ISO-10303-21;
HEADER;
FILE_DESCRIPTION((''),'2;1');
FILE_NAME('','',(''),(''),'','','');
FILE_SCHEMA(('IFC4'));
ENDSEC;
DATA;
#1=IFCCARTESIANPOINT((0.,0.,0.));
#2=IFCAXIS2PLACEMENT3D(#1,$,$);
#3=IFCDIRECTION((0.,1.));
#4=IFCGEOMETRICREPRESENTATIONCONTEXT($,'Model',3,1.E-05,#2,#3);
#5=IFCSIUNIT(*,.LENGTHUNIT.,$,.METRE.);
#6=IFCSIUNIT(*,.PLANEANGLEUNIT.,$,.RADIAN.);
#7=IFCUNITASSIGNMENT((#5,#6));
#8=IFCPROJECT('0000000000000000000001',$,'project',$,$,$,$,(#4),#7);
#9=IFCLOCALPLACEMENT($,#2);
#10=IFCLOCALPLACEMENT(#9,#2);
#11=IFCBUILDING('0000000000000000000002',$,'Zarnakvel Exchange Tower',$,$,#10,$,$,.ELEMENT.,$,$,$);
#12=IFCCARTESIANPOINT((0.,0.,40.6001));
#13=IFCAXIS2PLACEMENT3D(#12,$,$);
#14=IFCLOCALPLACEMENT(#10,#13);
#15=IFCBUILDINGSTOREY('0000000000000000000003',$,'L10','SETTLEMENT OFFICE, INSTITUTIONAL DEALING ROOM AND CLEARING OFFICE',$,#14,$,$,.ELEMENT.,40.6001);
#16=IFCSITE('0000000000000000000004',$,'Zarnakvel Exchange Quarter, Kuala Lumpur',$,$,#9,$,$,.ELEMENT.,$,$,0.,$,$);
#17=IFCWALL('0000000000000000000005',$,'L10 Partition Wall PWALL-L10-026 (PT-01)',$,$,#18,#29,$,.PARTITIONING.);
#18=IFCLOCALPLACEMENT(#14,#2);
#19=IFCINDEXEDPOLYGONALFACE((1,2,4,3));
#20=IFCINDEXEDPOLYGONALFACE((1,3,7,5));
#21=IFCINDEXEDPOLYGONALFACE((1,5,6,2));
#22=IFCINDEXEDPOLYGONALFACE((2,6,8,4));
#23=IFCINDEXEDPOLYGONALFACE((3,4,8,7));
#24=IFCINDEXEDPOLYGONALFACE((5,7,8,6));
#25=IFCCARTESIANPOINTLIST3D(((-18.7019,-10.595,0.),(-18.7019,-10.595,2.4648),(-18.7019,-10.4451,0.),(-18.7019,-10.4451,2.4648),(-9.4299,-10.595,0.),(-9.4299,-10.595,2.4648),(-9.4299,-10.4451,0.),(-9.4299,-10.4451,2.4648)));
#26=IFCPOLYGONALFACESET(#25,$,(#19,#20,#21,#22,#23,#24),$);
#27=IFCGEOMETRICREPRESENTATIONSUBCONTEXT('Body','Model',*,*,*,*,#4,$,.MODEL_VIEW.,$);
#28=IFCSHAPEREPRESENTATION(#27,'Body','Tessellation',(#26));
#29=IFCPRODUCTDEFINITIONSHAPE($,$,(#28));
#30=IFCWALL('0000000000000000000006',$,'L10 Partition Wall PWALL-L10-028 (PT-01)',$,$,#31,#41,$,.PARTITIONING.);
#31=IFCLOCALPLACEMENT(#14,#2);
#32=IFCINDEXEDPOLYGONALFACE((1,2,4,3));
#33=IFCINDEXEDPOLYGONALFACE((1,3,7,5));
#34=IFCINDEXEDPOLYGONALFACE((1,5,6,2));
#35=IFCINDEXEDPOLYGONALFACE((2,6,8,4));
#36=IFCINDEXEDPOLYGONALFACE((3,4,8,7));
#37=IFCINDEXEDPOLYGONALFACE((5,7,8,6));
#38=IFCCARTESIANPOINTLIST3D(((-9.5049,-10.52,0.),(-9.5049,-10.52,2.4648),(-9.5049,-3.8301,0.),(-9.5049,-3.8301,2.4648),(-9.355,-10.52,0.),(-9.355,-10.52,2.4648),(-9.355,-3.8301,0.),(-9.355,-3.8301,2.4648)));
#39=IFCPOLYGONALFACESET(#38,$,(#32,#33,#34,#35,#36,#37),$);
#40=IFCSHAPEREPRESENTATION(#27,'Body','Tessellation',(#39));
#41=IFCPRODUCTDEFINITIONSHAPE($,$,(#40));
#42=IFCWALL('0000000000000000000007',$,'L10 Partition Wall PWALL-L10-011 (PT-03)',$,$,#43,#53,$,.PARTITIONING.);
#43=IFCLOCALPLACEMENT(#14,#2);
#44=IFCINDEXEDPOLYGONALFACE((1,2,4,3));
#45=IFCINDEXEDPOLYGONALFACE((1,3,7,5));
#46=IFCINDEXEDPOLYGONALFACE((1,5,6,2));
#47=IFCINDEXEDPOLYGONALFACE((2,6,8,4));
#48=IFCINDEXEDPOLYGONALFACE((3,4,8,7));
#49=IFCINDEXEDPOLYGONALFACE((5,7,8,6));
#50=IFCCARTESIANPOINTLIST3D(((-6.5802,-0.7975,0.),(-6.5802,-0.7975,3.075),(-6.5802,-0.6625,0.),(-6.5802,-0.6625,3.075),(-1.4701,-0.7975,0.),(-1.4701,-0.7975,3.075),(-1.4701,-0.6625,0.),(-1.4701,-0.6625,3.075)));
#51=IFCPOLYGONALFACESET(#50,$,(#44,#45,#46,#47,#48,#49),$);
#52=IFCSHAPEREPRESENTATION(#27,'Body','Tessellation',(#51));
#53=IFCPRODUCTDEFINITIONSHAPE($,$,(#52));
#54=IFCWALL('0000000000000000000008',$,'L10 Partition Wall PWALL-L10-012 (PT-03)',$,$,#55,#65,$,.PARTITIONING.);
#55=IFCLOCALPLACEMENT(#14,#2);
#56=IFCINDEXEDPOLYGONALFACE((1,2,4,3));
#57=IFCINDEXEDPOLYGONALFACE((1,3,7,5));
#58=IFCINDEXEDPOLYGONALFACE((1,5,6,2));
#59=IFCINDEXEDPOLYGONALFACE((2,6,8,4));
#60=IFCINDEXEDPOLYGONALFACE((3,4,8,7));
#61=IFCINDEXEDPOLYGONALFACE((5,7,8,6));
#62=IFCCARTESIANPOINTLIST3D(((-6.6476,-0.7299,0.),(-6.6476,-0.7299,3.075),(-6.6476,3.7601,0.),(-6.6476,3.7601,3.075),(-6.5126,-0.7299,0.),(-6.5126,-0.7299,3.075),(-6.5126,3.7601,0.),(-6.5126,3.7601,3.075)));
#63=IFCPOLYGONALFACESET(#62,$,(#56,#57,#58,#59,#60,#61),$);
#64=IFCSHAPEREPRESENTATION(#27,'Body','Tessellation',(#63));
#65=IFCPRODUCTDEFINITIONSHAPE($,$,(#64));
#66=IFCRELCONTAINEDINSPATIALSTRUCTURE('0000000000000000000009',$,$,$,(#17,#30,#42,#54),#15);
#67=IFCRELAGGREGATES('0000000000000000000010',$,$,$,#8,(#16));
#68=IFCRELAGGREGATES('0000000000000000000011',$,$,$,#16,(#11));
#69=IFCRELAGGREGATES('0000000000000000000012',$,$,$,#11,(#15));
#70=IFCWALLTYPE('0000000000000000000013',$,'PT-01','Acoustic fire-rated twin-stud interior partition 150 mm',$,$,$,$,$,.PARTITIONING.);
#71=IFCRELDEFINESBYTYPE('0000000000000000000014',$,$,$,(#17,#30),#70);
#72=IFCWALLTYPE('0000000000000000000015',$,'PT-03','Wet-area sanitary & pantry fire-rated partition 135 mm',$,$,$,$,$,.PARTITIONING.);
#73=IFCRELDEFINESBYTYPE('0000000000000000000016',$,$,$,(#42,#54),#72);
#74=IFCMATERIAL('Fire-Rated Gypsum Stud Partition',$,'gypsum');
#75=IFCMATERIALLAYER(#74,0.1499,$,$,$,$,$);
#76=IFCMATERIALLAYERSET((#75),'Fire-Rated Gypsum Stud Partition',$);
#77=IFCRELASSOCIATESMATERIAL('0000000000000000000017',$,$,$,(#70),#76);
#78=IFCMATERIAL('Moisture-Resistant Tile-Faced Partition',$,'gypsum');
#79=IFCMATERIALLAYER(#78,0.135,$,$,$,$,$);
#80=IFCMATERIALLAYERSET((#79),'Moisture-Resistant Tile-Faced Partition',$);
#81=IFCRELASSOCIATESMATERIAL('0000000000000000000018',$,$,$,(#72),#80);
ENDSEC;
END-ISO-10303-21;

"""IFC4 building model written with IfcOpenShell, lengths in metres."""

from ifc_helpers import new_model, si_unit, direction, frame, frame_2d, origin, place, context, subcontext, project, spatial, rectangle, extrude, material, layer, layer_set, type_object, element, save


model = new_model("IFC4")

# Units and contexts
model_context = context("Model", 3, precision=1e-05, world=origin(), true_north=direction((0.0, 1.0)))
body_context = subcontext(model_context, "Body", "Model", "MODEL_VIEW")
ifc_project = project(units=[si_unit("LENGTHUNIT", "METRE"), si_unit("PLANEANGLEUNIT", "RADIAN")], contexts=[model_context])

# Site, building, storey
site_placement = place(None, origin())
site = spatial("IfcSite", under=ifc_project, at=site_placement, Name="Zarnakvel Exchange Quarter, Kuala Lumpur", CompositionType="ELEMENT", RefElevation=0.0)
building_placement = place(site_placement, origin())
building = spatial("IfcBuilding", under=site, at=building_placement, Name="Zarnakvel Exchange Tower", CompositionType="ELEMENT")
storey_placement = place(building_placement, frame((0.0, 0.0, 40.6001)))
storey = spatial("IfcBuildingStorey", under=building, at=storey_placement, Name="L10", Description="SETTLEMENT OFFICE, INSTITUTIONAL DEALING ROOM AND CLEARING OFFICE", CompositionType="ELEMENT", Elevation=40.6001)

# Walls
ifc_material_1 = material(Name="Fire-Rated Gypsum Stud Partition", Category="gypsum")
ifc_layer_1 = layer(ifc_material_1, 0.1499)
ifc_layer_set_1 = layer_set([ifc_layer_1], Name="Fire-Rated Gypsum Stud Partition")
wall_type_1 = type_object("IfcWallType", Name="PT-01", Description="Acoustic fire-rated twin-stud interior partition 150 mm", PredefinedType="PARTITIONING", material=ifc_layer_set_1)
wall_1_placement = place(storey_placement, frame((-9.4299, -10.52, 0.0), z_axis=(0.0, 0.0, 1.0), x_axis=(-1.0, 0.0, 0.0)))
element("IfcWall", 1, at=wall_1_placement, inside=storey, type_object=wall_type_1, Name="L10 Partition Wall PWALL-L10-026 (PT-01)", PredefinedType="PARTITIONING", context=body_context, shape_type="SweptSolid", body=[
    extrude(rectangle(XDim=9.272, YDim=0.1499, at=frame_2d((4.636, 0.0))), origin(), (0.0, 0.0, 1.0), 2.4648),
])
wall_2_placement = place(storey_placement, frame((-9.4299, -3.8301, 0.0), z_axis=(0.0, 0.0, 1.0), x_axis=(0.0, -1.0, 0.0)))
element("IfcWall", 2, at=wall_2_placement, inside=storey, type_object=wall_type_1, Name="L10 Partition Wall PWALL-L10-028 (PT-01)", PredefinedType="PARTITIONING", context=body_context, shape_type="SweptSolid", body=[
    extrude(rectangle(XDim=6.6899, YDim=0.1499, at=frame_2d((3.345, 0.0))), origin(), (0.0, 0.0, 1.0), 2.4648),
])
ifc_material_2 = material(Name="Moisture-Resistant Tile-Faced Partition", Category="gypsum")
ifc_layer_2 = layer(ifc_material_2, 0.135)
ifc_layer_set_2 = layer_set([ifc_layer_2], Name="Moisture-Resistant Tile-Faced Partition")
wall_type_2 = type_object("IfcWallType", Name="PT-03", Description="Wet-area sanitary & pantry fire-rated partition 135 mm", PredefinedType="PARTITIONING", material=ifc_layer_set_2)
wall_3_placement = place(storey_placement, frame((-1.47, -0.73, 0.0), z_axis=(0.0, 0.0, 1.0), x_axis=(-1.0, 0.0, 0.0)))
element("IfcWall", 3, at=wall_3_placement, inside=storey, type_object=wall_type_2, Name="L10 Partition Wall PWALL-L10-011 (PT-03)", PredefinedType="PARTITIONING", context=body_context, shape_type="SweptSolid", body=[
    extrude(rectangle(XDim=5.1101, YDim=0.135, at=frame_2d((2.5552, 0.0))), origin(), (0.0, 0.0, 1.0), 3.075),
])
wall_4_placement = place(storey_placement, frame((-6.5801, -0.73, 0.0), z_axis=(0.0, 0.0, 1.0), x_axis=(0.0, 1.0, 0.0)))
element("IfcWall", 4, at=wall_4_placement, inside=storey, type_object=wall_type_2, Name="L10 Partition Wall PWALL-L10-012 (PT-03)", PredefinedType="PARTITIONING", context=body_context, shape_type="SweptSolid", body=[
    extrude(rectangle(XDim=4.49, YDim=0.135, at=frame_2d((2.2451, 0.0))), origin(), (0.0, 0.0, 1.0), 3.075),
])

save(model, "model.ifc")
